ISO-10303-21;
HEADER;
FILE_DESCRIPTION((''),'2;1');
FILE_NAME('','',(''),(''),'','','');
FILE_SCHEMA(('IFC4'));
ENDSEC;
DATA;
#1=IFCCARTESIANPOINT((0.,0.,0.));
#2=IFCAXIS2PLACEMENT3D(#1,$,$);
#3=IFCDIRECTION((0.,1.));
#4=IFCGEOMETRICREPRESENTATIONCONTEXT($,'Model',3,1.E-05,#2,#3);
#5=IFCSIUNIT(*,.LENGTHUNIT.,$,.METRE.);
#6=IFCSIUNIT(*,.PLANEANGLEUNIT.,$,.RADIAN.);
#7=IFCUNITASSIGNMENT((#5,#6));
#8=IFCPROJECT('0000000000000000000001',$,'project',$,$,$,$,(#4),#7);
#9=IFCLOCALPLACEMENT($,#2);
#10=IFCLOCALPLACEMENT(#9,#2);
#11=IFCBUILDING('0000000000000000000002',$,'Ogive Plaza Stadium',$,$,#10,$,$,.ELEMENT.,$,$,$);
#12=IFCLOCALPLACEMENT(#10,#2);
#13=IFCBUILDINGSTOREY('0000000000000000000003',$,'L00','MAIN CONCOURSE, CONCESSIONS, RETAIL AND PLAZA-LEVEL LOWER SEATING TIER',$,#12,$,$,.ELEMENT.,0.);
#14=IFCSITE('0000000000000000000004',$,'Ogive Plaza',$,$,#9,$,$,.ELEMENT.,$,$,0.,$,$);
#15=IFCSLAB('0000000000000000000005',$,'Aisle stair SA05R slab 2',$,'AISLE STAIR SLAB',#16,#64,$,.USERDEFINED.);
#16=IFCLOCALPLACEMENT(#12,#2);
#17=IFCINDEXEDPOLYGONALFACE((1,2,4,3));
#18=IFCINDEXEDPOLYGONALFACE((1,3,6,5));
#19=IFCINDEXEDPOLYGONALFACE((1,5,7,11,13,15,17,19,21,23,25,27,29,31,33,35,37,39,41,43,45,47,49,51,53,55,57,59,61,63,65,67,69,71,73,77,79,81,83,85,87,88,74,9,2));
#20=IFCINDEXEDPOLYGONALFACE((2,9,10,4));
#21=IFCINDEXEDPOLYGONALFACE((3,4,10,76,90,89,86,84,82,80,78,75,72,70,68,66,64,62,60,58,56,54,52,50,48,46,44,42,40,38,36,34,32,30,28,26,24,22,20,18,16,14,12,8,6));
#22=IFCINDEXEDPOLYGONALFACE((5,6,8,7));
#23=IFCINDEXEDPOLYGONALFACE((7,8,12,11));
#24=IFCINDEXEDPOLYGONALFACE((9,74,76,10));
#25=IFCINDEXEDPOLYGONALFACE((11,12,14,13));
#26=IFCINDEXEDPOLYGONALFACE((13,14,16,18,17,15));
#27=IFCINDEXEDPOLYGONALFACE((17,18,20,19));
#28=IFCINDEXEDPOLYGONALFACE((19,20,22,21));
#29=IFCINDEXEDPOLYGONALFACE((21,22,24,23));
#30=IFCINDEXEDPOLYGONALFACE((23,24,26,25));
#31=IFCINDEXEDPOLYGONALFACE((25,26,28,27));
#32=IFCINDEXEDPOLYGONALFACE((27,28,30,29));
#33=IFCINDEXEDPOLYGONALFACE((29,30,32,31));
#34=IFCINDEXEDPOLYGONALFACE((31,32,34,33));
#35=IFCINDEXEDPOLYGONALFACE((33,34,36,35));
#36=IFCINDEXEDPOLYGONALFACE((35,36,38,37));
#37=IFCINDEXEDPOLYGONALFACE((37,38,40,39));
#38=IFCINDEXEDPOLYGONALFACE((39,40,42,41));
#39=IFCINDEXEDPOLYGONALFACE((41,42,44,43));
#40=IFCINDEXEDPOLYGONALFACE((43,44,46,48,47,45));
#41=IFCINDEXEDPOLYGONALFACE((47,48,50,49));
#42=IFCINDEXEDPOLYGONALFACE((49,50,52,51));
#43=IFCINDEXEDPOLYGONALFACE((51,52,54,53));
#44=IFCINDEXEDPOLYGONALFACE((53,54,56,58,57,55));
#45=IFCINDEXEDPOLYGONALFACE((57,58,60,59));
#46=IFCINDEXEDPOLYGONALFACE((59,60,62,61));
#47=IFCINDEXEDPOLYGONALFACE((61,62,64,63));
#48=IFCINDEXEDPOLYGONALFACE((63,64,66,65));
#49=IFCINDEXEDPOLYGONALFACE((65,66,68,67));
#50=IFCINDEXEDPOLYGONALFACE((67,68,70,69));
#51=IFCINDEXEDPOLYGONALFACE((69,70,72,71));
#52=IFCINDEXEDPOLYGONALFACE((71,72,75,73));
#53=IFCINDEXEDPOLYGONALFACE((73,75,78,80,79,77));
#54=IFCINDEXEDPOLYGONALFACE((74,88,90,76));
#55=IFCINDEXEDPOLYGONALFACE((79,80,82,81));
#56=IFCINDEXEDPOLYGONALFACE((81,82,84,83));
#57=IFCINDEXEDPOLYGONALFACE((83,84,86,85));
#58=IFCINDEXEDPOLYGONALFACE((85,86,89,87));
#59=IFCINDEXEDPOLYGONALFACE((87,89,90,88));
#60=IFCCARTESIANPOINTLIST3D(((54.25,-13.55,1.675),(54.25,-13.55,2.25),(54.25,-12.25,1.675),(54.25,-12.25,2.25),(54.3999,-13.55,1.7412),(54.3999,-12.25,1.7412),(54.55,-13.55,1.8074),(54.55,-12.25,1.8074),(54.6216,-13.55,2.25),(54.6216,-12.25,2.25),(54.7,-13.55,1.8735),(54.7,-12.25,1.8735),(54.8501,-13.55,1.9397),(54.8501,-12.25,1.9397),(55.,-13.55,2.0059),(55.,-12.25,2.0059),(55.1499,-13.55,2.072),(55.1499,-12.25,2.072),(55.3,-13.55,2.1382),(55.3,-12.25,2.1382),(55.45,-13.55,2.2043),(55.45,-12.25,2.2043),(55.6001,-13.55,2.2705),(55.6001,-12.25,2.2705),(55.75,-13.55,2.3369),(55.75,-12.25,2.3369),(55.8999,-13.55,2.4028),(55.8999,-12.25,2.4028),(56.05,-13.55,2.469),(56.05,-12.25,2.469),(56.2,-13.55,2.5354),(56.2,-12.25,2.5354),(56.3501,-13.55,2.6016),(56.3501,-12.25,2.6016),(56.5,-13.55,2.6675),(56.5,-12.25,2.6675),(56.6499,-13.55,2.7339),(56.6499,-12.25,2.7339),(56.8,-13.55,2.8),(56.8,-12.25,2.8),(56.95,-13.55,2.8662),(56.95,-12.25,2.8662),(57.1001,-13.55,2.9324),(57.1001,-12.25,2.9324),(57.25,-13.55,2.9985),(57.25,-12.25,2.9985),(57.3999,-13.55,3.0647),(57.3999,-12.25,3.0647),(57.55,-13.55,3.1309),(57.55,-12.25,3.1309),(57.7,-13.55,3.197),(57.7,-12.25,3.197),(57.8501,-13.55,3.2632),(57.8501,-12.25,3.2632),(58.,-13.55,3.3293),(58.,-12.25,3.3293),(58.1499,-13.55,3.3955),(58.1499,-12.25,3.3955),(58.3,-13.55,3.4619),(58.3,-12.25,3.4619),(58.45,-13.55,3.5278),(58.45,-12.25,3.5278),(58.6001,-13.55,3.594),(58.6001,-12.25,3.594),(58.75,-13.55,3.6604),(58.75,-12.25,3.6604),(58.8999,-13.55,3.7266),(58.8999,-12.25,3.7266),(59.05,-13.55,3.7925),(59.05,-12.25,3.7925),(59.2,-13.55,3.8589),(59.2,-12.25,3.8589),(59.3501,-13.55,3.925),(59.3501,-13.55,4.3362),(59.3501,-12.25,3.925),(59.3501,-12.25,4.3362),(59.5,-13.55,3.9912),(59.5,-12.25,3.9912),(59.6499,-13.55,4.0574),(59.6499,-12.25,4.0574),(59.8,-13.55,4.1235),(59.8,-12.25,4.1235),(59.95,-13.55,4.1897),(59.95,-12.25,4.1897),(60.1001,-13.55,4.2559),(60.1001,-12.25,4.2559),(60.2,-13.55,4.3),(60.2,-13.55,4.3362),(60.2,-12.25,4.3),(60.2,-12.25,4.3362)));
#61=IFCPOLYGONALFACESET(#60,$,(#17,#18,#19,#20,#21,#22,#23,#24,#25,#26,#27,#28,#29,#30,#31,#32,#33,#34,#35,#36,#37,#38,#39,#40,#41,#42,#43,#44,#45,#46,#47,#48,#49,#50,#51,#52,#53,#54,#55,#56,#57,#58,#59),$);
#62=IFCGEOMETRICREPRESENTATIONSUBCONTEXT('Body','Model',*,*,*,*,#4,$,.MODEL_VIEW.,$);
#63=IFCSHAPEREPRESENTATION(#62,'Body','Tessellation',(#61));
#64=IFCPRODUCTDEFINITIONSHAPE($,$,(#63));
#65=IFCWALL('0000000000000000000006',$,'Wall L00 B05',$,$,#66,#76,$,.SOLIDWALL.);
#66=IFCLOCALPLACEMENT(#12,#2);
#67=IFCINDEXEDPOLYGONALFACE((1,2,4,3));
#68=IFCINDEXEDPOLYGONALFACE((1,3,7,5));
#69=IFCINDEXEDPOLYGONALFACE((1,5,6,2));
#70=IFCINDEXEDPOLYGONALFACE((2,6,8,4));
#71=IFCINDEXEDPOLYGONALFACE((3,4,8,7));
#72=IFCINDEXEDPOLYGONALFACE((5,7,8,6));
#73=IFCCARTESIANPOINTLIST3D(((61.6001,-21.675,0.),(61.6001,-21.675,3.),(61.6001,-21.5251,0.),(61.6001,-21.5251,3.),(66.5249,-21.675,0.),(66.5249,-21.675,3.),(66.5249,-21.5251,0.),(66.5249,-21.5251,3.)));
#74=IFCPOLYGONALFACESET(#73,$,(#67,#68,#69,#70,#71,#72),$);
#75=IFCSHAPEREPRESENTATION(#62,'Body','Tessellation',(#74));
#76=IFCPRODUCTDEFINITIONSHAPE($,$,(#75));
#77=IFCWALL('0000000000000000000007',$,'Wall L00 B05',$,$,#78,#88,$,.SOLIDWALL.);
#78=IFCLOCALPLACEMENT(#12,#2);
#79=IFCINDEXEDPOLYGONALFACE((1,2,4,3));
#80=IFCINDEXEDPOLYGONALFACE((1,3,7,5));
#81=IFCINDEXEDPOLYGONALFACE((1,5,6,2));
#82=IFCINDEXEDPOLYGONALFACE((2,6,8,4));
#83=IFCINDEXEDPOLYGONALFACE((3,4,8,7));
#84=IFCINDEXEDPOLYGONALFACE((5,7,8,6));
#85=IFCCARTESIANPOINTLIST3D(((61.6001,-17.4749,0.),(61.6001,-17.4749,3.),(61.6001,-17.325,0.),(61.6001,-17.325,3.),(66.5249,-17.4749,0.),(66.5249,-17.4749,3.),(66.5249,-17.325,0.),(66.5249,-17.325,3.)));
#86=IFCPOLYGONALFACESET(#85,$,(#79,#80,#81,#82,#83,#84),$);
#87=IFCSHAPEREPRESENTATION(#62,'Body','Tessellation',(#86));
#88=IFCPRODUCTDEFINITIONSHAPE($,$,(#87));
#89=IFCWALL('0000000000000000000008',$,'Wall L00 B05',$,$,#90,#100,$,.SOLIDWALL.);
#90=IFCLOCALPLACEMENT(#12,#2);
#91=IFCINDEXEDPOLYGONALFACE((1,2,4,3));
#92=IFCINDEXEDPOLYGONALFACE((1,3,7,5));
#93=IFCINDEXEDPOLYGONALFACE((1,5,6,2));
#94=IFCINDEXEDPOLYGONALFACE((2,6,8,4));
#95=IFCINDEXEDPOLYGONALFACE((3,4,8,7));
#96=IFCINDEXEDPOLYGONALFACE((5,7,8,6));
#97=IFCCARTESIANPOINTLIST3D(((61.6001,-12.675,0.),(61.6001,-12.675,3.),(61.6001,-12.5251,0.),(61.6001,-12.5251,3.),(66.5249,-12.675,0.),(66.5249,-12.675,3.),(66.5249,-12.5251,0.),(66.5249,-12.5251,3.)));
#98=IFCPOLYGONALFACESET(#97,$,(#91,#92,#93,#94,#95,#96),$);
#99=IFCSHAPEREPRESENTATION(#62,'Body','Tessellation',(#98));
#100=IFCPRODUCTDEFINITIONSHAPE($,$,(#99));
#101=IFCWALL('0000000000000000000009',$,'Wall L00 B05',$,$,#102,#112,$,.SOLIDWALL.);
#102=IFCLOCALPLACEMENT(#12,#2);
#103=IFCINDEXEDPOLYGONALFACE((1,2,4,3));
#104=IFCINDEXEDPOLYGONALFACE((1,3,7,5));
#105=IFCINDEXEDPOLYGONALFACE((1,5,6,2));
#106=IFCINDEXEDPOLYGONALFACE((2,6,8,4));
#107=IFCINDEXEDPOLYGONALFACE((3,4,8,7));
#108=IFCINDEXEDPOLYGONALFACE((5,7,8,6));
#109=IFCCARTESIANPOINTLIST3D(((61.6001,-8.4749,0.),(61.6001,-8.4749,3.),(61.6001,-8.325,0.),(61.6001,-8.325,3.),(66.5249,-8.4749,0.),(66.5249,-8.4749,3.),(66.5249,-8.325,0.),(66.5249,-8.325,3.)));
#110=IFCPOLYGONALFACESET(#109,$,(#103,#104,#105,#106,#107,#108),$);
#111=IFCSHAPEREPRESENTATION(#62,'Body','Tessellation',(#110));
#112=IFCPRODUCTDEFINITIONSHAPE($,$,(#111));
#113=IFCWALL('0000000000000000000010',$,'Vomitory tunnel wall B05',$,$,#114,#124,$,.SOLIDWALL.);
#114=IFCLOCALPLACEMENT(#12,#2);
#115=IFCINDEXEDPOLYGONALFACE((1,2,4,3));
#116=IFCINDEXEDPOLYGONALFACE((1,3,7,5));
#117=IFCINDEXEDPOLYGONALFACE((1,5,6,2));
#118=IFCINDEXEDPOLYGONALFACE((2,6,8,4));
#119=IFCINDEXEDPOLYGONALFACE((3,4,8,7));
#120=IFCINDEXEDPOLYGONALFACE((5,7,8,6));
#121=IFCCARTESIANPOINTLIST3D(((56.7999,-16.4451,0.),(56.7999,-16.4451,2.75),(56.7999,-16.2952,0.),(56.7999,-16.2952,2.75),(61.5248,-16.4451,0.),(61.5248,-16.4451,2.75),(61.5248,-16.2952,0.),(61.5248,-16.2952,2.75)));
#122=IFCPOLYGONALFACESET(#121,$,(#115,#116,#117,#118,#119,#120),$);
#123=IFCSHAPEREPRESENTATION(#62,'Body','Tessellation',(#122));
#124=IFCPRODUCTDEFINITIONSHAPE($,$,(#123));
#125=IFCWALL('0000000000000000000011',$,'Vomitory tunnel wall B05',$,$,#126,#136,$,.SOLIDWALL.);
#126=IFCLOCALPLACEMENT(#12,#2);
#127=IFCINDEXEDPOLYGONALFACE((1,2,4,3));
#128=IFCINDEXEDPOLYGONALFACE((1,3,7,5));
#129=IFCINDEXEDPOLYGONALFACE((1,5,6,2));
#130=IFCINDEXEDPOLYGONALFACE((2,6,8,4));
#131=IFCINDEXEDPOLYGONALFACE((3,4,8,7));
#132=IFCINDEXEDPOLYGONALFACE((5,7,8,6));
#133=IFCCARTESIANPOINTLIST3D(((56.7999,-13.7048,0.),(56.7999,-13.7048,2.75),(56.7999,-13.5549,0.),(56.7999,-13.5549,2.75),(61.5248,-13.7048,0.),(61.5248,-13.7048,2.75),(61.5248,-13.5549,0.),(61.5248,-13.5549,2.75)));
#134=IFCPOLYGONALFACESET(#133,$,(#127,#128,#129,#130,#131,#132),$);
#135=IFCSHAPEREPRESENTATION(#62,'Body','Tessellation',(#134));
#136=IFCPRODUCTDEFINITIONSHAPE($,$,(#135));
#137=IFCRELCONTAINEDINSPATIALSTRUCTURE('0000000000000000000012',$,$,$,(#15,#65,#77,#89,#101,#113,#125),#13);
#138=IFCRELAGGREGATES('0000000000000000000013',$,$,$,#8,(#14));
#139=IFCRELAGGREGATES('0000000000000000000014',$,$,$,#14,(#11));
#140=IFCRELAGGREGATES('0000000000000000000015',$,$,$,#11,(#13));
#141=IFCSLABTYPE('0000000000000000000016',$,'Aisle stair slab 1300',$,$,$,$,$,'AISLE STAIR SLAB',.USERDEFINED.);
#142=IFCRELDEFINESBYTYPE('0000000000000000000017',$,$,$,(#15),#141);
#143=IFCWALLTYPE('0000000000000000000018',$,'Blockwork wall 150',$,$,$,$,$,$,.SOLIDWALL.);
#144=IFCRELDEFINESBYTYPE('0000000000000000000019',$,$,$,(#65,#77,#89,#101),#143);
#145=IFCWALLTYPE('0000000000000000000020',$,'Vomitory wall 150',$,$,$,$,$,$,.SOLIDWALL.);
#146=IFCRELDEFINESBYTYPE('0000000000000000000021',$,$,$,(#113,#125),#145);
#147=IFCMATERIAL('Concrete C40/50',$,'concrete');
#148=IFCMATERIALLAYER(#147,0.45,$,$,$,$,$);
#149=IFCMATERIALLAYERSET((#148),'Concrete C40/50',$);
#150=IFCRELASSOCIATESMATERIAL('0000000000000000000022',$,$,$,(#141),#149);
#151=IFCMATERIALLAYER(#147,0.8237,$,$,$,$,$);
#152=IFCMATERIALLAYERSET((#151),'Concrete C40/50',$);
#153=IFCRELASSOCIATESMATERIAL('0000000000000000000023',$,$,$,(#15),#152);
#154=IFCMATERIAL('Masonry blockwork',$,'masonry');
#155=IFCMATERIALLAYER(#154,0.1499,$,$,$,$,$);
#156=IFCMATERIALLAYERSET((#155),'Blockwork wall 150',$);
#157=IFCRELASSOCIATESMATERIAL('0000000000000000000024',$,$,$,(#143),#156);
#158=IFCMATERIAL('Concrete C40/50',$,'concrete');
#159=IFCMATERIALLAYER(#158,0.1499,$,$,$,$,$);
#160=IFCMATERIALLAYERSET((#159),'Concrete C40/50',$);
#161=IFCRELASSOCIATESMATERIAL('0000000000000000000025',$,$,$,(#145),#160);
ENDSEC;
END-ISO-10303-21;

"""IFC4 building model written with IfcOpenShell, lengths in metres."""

from ifc_helpers import new_model, si_unit, direction, frame, frame_2d, origin, place, context, subcontext, project, spatial, polyline, rectangle, outline, extrude, material, layer, layer_set, type_object, element, save


model = new_model("IFC4")

# Units and contexts
model_context = context("Model", 3, precision=1e-05, world=origin(), true_north=direction((0.0, 1.0)))
body_context = subcontext(model_context, "Body", "Model", "MODEL_VIEW")
ifc_project = project(units=[si_unit("LENGTHUNIT", "METRE"), si_unit("PLANEANGLEUNIT", "RADIAN")], contexts=[model_context])

# Site, building, storey
site_placement = place(None, origin())
site = spatial("IfcSite", under=ifc_project, at=site_placement, Name="Ogive Plaza", CompositionType="ELEMENT", RefElevation=0.0)
building_placement = place(site_placement, origin())
building = spatial("IfcBuilding", under=site, at=building_placement, Name="Ogive Plaza Stadium", CompositionType="ELEMENT")
storey_placement = place(building_placement, origin())
storey = spatial("IfcBuildingStorey", under=building, at=storey_placement, Name="L00", Description="MAIN CONCOURSE, CONCESSIONS, RETAIL AND PLAZA-LEVEL LOWER SEATING TIER", CompositionType="ELEMENT", Elevation=0.0)

# Slab
ifc_material_1 = material(Name="Concrete C40/50", Category="concrete")
ifc_layer_1 = layer(ifc_material_1, 0.45)
ifc_layer_set_1 = layer_set([ifc_layer_1], Name="Concrete C40/50")
slab_type = type_object("IfcSlabType", Name="Aisle stair slab 1300", ElementType="AISLE STAIR SLAB", PredefinedType="USERDEFINED", material=ifc_layer_set_1)
ifc_layer_2 = layer(ifc_material_1, 0.8237)
ifc_layer_set_2 = layer_set([ifc_layer_2], Name="Concrete C40/50")
slab_1_placement = place(storey_placement, frame((54.25, -12.8999, 0.0), z_axis=(0.0, 0.0, 1.0), x_axis=(1.0, 0.0, 0.0)))
element("IfcSlab", 1, at=slab_1_placement, inside=storey, type_object=slab_type, material=ifc_layer_set_2, Name="Aisle stair SA05R slab 2", ObjectType="AISLE STAIR SLAB", PredefinedType="USERDEFINED", context=body_context, shape_type="SweptSolid", body=[
    extrude(outline(polyline([(0.0, 2.25), (0.3716, 2.25), (5.1001, 4.3362), (5.95, 4.3362), (5.95, 4.3), (5.8501, 4.2559), (5.7, 4.1897), (5.55, 4.1235), (5.3999, 4.0574), (5.25, 3.9912), (5.1001, 3.925), (4.95, 3.8589), (4.8, 3.7925), (4.6499, 3.7266), (4.5, 3.6604), (4.3501, 3.594), (4.2, 3.5278), (4.05, 3.4619), (3.8999, 3.3955), (3.75, 3.3293), (3.6001, 3.2632), (3.45, 3.197), (3.3, 3.1309), (3.1499, 3.0647), (3.0, 2.9985), (2.8501, 2.9324), (2.7, 2.8662), (2.55, 2.8), (2.3999, 2.7339), (2.25, 2.6675), (2.1001, 2.6016), (1.95, 2.5354), (1.8, 2.469), (1.6499, 2.4028), (1.5, 2.3369), (1.3501, 2.2705), (1.2, 2.2043), (1.05, 2.1382), (0.8999, 2.072), (0.75, 2.0059), (0.6001, 1.9397), (0.45, 1.8735), (0.3, 1.8074), (0.1499, 1.7412), (0.0, 1.675), (0.0, 2.25)])), frame((0.0, 0.6499, 0.0), z_axis=(0.0, -1.0, 0.0), x_axis=(1.0, 0.0, 0.0)), (0.0, 0.0, 1.0), 1.3),
])

# Walls
ifc_material_2 = material(Name="Masonry blockwork", Category="masonry")
ifc_layer_3 = layer(ifc_material_2, 0.1499)
ifc_layer_set_3 = layer_set([ifc_layer_3], Name="Blockwork wall 150")
wall_type_1 = type_object("IfcWallType", Name="Blockwork wall 150", PredefinedType="SOLIDWALL", material=ifc_layer_set_3)
for number, where, z_axis, x_axis, name in (
    (2, (61.6001, -21.6001, 0.0), (0.0, 0.0, 1.0), (1.0, 0.0, 0.0), "Wall L00 B05"),
    (3, (61.6001, -17.3999, 0.0), (0.0, 0.0, 1.0), (1.0, 0.0, 0.0), "Wall L00 B05"),
    (4, (61.6001, -12.6001, 0.0), (0.0, 0.0, 1.0), (1.0, 0.0, 0.0), "Wall L00 B05"),
    (5, (61.6001, -8.3999, 0.0), (0.0, 0.0, 1.0), (1.0, 0.0, 0.0), "Wall L00 B05"),
):
    element("IfcWall", number, at=place(storey_placement, frame(where, z_axis=z_axis, x_axis=x_axis)), inside=storey, type_object=wall_type_1, Name=name, PredefinedType="SOLIDWALL", context=body_context, shape_type="SweptSolid", body=[
        extrude(rectangle(XDim=4.9248, YDim=0.1499, at=frame_2d((2.4624, 0.0))), origin(), (0.0, 0.0, 1.0), 3.0),
    ])
ifc_material_3 = material(Name="Concrete C40/50", Category="concrete")
ifc_layer_4 = layer(ifc_material_3, 0.1499)
ifc_layer_set_4 = layer_set([ifc_layer_4], Name="Concrete C40/50")
wall_type_2 = type_object("IfcWallType", Name="Vomitory wall 150", PredefinedType="SOLIDWALL", material=ifc_layer_set_4)
for number, where, z_axis, x_axis, name in (
    (6, (56.8, -16.3701, 0.0), (0.0, 0.0, 1.0), (1.0, 0.0, 0.0), "Vomitory tunnel wall B05"),
    (7, (56.8, -13.6299, 0.0), (0.0, 0.0, 1.0), (1.0, 0.0, 0.0), "Vomitory tunnel wall B05"),
):
    element("IfcWall", number, at=place(storey_placement, frame(where, z_axis=z_axis, x_axis=x_axis)), inside=storey, type_object=wall_type_2, Name=name, PredefinedType="SOLIDWALL", context=body_context, shape_type="SweptSolid", body=[
        extrude(rectangle(XDim=4.7249, YDim=0.1499, at=frame_2d((2.3623, 0.0))), origin(), (0.0, 0.0, 1.0), 2.75),
    ])

save(model, "model.ifc")
